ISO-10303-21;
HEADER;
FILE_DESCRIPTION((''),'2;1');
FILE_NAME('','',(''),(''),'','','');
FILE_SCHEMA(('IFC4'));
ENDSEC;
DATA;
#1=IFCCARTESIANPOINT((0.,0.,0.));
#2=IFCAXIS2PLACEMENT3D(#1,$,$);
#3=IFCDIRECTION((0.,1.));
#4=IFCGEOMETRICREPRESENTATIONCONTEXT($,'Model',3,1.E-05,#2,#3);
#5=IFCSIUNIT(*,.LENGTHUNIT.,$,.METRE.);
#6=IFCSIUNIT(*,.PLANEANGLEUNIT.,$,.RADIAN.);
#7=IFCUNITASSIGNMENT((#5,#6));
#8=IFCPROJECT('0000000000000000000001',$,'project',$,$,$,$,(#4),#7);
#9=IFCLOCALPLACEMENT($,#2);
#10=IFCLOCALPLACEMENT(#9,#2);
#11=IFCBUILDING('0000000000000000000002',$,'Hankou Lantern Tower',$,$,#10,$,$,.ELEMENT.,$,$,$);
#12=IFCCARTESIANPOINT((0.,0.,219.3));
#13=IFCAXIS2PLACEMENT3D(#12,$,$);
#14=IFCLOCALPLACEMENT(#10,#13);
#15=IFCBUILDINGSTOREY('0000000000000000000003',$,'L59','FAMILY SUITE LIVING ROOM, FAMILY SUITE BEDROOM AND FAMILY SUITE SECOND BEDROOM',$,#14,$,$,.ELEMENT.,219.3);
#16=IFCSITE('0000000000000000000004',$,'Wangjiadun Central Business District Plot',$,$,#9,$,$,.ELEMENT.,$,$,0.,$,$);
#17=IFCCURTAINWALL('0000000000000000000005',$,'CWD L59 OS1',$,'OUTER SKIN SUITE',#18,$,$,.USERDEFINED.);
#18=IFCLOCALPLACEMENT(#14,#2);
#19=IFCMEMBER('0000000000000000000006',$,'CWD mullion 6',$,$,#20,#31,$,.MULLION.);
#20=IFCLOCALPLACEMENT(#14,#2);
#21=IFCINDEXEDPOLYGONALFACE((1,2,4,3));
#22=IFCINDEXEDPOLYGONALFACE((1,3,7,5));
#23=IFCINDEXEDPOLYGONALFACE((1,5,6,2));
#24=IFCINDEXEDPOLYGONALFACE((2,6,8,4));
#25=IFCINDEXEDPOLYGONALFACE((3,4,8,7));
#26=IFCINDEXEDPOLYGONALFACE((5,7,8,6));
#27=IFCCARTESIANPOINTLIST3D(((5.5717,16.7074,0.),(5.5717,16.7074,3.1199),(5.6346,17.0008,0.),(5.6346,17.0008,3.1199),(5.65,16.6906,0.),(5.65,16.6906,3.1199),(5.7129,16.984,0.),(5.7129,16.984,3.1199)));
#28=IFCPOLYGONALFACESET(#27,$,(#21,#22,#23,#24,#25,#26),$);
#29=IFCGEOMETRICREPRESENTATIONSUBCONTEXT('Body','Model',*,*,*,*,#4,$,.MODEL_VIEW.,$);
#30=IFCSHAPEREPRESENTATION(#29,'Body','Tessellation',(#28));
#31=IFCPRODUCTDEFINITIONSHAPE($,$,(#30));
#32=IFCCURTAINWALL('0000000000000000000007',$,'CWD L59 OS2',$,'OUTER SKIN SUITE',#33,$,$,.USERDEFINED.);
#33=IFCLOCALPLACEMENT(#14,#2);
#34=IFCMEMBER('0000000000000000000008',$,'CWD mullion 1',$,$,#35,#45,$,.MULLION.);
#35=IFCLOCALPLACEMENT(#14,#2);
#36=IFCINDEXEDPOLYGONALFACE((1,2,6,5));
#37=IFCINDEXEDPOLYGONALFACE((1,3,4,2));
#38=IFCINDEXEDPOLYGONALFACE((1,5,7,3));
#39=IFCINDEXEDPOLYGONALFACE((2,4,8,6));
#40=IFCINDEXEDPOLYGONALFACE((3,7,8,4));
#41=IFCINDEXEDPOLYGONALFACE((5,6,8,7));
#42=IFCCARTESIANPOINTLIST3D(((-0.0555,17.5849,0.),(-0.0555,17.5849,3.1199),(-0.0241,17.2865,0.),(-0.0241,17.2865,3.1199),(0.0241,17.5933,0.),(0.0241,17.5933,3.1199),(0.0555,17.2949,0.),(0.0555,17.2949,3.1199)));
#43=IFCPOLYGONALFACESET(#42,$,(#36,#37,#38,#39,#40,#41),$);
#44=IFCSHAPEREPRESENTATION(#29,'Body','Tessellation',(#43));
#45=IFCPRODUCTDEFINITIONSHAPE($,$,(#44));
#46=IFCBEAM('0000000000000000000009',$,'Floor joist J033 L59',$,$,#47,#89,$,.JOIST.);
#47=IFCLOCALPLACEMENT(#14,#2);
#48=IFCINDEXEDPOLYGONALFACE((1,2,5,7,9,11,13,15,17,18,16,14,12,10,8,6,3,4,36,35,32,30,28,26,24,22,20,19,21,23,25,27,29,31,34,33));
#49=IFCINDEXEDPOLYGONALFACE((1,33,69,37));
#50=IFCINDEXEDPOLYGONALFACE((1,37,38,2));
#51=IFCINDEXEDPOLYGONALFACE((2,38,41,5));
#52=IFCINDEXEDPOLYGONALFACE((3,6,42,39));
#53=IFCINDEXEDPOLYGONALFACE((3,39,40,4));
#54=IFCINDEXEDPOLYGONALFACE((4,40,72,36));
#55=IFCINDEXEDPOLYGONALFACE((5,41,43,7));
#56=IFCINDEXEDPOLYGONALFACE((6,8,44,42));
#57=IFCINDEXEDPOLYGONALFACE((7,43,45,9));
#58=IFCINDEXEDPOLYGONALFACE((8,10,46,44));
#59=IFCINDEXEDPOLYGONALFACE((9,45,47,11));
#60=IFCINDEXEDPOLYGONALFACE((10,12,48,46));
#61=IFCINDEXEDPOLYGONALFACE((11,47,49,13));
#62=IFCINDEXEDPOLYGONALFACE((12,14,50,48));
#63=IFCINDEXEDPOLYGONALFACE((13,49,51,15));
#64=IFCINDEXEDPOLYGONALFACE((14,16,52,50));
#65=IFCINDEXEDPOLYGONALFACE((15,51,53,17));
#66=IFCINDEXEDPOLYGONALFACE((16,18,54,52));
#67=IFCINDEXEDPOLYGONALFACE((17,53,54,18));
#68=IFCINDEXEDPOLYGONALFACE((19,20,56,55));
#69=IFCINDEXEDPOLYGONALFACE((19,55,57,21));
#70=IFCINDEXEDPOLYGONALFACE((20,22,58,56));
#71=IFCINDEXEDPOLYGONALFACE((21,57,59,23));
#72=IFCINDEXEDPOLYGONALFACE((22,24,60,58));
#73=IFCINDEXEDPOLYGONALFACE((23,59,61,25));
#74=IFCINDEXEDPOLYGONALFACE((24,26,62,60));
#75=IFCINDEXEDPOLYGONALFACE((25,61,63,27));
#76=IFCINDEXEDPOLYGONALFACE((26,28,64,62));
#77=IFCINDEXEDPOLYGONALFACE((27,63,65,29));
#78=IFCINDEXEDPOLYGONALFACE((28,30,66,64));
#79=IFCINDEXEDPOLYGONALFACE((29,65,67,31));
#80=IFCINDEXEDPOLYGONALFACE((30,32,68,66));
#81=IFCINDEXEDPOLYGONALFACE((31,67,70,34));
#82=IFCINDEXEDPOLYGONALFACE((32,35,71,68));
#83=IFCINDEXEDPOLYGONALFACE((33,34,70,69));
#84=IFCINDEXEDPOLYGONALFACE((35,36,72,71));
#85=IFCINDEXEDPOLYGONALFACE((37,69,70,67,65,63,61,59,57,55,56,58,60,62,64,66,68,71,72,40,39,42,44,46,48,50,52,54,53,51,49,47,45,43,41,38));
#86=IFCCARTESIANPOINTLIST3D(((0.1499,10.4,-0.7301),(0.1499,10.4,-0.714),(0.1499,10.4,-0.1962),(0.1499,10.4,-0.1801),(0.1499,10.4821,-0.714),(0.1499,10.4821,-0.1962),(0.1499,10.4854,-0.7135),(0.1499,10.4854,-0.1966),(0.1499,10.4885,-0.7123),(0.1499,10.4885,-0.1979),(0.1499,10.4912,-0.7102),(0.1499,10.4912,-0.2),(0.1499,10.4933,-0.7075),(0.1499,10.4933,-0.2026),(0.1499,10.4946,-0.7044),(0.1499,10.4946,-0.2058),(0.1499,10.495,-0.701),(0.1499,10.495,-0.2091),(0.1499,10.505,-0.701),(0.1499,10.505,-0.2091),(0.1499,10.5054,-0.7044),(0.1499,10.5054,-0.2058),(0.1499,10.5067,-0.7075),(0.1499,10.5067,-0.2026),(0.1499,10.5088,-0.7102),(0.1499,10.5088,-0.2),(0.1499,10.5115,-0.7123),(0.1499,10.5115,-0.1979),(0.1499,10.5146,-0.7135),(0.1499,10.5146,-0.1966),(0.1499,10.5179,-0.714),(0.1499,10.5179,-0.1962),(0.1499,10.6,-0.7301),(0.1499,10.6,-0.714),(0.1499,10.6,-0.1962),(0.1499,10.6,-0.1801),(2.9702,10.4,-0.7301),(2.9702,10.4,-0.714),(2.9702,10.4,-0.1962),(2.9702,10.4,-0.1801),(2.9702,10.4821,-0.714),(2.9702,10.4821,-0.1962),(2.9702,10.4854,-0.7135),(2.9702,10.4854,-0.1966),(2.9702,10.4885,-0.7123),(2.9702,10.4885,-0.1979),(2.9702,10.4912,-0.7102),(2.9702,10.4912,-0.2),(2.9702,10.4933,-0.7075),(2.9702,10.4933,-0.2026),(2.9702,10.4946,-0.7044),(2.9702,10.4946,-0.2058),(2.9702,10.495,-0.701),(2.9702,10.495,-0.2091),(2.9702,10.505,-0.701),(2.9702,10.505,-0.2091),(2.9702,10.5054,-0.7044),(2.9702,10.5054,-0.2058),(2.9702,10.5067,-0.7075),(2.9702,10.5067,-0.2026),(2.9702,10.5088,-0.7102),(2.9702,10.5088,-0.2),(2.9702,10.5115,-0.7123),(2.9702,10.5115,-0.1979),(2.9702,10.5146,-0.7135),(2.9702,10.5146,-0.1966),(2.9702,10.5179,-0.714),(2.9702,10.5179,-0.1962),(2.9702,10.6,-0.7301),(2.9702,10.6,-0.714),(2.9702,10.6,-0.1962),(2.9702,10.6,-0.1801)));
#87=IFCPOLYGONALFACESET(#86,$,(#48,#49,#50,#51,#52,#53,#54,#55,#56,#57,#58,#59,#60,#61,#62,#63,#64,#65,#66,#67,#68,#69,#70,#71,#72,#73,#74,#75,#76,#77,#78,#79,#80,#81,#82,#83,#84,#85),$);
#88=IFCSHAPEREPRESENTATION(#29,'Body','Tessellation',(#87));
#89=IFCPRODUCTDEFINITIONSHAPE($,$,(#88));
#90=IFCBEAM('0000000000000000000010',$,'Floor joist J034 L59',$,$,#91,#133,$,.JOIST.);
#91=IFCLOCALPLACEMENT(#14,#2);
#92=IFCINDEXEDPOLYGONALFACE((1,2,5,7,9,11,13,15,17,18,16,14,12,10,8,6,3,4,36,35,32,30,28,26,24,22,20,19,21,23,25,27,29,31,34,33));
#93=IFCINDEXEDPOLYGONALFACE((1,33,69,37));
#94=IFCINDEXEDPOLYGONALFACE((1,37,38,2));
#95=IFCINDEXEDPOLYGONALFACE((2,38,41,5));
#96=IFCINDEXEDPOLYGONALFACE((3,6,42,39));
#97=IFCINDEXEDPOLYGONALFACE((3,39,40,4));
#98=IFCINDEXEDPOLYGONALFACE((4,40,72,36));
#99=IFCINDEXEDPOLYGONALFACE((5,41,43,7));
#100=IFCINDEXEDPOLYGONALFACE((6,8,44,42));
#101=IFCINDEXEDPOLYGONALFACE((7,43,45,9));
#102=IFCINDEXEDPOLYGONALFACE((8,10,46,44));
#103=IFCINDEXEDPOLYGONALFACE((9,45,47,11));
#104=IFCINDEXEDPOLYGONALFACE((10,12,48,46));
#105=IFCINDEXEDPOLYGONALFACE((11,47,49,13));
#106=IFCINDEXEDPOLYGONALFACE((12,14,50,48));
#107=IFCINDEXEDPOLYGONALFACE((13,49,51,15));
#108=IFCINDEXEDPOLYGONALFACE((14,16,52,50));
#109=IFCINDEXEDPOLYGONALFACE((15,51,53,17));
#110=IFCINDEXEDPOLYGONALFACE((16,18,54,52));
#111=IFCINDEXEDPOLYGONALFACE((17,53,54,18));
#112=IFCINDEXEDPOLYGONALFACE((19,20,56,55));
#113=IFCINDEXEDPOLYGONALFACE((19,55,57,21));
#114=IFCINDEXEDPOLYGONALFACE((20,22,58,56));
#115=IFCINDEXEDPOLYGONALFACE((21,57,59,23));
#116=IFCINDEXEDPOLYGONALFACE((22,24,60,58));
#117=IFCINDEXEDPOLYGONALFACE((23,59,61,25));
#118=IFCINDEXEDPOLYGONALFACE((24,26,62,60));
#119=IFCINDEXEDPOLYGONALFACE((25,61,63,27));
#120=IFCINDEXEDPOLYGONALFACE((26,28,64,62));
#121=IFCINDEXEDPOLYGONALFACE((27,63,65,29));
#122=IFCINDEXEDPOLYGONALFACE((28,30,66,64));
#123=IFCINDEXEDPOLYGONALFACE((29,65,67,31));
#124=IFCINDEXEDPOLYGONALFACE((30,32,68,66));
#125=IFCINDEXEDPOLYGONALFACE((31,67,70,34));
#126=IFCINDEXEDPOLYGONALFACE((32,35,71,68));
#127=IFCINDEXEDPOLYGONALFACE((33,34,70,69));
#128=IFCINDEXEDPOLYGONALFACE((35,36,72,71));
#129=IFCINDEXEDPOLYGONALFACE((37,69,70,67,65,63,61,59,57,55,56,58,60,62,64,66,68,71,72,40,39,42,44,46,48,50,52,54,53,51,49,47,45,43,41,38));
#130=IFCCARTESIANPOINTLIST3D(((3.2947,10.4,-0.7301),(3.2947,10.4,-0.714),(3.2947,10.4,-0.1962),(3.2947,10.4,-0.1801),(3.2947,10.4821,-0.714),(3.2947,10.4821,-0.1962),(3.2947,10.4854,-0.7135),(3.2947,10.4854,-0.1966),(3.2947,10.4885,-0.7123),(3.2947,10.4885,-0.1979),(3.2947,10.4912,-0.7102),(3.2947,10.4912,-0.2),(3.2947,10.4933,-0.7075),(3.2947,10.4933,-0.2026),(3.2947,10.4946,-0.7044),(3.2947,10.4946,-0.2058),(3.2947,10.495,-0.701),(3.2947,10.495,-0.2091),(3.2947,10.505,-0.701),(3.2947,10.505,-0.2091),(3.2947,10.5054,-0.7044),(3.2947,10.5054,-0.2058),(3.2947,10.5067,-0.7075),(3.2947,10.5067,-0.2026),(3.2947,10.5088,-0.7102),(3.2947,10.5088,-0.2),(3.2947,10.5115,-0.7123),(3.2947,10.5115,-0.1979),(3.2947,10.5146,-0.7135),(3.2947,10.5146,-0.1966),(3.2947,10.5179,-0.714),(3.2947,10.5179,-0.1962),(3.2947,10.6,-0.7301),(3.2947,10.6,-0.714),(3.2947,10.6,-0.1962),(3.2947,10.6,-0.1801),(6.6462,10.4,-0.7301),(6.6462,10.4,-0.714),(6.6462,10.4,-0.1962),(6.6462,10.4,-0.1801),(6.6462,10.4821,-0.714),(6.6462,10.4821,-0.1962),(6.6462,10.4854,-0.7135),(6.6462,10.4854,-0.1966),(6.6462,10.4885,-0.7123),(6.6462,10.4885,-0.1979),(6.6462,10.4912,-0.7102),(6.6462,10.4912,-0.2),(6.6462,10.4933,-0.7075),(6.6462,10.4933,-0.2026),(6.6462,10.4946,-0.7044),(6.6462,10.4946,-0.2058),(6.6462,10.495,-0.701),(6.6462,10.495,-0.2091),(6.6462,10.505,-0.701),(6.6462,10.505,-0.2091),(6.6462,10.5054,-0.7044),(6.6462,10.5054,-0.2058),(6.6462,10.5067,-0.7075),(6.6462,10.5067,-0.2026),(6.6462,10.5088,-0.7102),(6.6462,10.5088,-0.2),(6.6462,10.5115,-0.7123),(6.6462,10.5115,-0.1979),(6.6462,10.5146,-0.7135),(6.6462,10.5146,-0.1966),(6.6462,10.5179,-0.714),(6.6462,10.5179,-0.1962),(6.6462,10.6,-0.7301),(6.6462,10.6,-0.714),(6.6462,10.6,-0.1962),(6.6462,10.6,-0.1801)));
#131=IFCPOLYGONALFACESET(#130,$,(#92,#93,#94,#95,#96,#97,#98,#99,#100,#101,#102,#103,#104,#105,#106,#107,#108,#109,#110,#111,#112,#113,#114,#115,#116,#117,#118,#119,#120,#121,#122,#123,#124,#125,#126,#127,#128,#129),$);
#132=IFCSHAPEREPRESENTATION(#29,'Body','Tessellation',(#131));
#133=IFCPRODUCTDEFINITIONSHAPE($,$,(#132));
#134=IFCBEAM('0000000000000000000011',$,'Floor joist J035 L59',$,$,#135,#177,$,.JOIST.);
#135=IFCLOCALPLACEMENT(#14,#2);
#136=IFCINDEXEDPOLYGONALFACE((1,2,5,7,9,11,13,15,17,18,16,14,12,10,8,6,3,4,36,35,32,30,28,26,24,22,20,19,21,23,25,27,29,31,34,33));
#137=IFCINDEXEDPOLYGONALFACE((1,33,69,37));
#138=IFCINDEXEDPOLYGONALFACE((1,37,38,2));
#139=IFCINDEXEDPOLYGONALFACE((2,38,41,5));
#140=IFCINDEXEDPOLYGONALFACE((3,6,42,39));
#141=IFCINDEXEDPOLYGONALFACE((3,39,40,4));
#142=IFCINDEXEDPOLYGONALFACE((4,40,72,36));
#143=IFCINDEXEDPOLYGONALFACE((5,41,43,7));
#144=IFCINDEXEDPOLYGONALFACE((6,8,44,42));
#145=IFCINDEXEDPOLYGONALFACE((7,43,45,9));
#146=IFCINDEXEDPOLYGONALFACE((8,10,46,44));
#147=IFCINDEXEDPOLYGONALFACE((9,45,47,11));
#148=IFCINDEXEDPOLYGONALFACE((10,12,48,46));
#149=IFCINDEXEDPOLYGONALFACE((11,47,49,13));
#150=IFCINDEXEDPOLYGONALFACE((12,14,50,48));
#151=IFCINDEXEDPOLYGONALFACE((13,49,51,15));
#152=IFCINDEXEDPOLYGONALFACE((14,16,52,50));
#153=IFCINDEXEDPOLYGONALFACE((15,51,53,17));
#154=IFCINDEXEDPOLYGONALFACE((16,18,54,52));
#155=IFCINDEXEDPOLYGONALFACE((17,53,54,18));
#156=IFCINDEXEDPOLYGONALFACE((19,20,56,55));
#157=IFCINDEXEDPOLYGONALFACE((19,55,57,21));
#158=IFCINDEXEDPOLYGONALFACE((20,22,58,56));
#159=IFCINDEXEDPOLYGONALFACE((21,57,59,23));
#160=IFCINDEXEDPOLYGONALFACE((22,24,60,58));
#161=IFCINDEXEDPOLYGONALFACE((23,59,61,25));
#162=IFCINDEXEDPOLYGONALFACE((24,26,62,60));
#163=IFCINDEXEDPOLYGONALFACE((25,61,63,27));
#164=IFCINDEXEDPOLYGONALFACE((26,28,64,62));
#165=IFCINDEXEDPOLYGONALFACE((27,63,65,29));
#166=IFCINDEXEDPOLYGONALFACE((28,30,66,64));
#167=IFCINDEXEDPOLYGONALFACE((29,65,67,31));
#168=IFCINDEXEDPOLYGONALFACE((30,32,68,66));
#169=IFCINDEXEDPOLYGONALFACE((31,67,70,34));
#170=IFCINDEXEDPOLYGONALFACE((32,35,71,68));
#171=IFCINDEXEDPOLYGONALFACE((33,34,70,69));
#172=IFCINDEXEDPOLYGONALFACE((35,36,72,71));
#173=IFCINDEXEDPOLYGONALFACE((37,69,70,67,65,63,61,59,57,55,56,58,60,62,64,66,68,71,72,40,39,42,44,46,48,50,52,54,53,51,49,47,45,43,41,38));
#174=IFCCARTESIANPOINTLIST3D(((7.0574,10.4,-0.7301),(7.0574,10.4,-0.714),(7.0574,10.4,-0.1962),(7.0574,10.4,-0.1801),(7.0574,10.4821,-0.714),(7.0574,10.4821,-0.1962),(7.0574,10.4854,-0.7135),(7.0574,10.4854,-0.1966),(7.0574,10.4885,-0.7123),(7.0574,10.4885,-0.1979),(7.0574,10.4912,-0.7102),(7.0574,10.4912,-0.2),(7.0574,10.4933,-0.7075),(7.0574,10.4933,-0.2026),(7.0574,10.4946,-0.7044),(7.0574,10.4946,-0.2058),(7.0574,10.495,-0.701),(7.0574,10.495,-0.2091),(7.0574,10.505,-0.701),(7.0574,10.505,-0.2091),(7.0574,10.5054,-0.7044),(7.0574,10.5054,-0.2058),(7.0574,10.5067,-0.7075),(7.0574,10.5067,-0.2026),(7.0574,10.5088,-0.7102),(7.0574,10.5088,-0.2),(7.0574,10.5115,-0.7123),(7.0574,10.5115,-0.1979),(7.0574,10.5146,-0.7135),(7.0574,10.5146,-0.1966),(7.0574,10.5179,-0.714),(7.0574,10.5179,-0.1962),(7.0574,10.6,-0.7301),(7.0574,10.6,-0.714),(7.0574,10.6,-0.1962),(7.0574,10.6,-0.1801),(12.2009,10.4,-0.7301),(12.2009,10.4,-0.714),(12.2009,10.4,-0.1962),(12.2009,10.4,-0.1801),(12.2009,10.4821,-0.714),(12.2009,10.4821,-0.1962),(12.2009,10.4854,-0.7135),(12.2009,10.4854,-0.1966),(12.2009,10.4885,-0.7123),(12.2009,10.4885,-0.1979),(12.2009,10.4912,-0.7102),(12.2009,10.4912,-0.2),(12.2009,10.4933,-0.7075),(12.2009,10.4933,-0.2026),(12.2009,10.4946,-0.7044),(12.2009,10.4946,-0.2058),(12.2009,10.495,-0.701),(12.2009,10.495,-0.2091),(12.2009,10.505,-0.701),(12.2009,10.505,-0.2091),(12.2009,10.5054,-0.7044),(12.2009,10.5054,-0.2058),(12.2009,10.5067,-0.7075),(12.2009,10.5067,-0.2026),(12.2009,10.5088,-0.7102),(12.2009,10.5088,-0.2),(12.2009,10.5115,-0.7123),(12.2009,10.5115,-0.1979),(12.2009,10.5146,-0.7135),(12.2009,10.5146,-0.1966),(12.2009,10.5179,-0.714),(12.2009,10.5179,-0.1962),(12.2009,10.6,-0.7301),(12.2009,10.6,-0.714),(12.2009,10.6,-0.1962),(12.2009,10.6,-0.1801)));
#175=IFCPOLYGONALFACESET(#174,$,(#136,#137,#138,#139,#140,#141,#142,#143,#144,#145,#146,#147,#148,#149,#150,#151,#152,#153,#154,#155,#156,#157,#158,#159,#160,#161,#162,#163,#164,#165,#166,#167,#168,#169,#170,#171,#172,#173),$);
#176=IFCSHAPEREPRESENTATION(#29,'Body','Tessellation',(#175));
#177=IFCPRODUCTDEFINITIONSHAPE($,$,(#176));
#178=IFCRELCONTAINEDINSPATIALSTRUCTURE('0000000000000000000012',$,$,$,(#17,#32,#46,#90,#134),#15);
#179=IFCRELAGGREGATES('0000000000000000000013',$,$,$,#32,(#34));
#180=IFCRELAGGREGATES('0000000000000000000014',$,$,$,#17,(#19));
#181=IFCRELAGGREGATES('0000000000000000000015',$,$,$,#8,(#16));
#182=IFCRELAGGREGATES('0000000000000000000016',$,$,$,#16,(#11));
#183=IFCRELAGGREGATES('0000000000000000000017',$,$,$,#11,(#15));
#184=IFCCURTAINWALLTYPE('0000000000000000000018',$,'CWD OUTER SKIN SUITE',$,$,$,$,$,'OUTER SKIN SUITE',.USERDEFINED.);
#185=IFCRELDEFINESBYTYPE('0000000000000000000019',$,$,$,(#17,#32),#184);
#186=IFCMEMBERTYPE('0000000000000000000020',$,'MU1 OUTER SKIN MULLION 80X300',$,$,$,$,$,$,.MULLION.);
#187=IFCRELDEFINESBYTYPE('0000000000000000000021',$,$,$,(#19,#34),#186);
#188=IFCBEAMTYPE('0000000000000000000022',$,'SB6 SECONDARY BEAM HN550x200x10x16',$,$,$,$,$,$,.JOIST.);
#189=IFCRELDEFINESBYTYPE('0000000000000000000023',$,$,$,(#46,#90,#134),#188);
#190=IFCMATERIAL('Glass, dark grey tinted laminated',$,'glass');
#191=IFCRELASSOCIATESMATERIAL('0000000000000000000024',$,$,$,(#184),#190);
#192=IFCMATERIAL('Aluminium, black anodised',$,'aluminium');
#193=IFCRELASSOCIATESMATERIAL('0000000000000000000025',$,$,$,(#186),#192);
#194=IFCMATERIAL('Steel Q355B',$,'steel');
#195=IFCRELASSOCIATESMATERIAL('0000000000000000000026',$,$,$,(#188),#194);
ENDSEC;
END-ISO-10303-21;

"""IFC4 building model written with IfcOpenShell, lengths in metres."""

from ifc_helpers import new_model, si_unit, direction, frame, origin, origin_2d, place, context, subcontext, project, spatial, rectangle, i_section, extrude, material, material_profile, profile_set, type_object, element, aggregate, save


model = new_model("IFC4")

# Units and contexts
model_context = context("Model", 3, precision=1e-05, world=origin(), true_north=direction((0.0, 1.0)))
body_context = subcontext(model_context, "Body", "Model", "MODEL_VIEW")
ifc_project = project(units=[si_unit("LENGTHUNIT", "METRE"), si_unit("PLANEANGLEUNIT", "RADIAN")], contexts=[model_context])

# Site, building, storey
site_placement = place(None, origin())
site = spatial("IfcSite", under=ifc_project, at=site_placement, Name="Wangjiadun Central Business District Plot", CompositionType="ELEMENT", RefElevation=0.0)
building_placement = place(site_placement, origin())
building = spatial("IfcBuilding", under=site, at=building_placement, Name="Hankou Lantern Tower", CompositionType="ELEMENT")
storey_placement = place(building_placement, frame((0.0, 0.0, 219.3)))
storey = spatial("IfcBuildingStorey", under=building, at=storey_placement, Name="L59", Description="FAMILY SUITE LIVING ROOM, FAMILY SUITE BEDROOM AND FAMILY SUITE SECOND BEDROOM", CompositionType="ELEMENT", Elevation=219.3)

# Curtain walls, members
ifc_material_1 = material(Name="Glass, dark grey tinted laminated", Category="glass")
curtain_wall_type = type_object("IfcCurtainWallType", Name="CWD OUTER SKIN SUITE", ElementType="OUTER SKIN SUITE", PredefinedType="USERDEFINED", material=ifc_material_1)
curtain_wall_1_placement = place(storey_placement, origin())
curtain_wall_1 = element("IfcCurtainWall", 1, at=curtain_wall_1_placement, inside=storey, type_object=curtain_wall_type, Name="CWD L59 OS1", ObjectType="OUTER SKIN SUITE", PredefinedType="USERDEFINED")
ifc_material_2 = material(Name="Aluminium, black anodised", Category="aluminium")
ifc_material_profile_1 = material_profile(ifc_material_2, rectangle(XDim=0.0801, YDim=0.3, at=origin_2d()), Name="MU1 80X300")
ifc_profile_set_1 = profile_set([ifc_material_profile_1], Name="Aluminium, black anodised")
member_type_1 = type_object("IfcMemberType", Name="MU1 OUTER SKIN MULLION 80X300", PredefinedType="MULLION", material=ifc_profile_set_1)
member_1_placement = place(storey_placement, frame((5.6423, 16.8457, 0.0), z_axis=(0.0, 0.0, 1.0), x_axis=(-0.977788, 0.209598, 0.0)))
member_1 = element("IfcMember", 2, at=member_1_placement, type_object=member_type_1, Name="CWD mullion 6", PredefinedType="MULLION", context=body_context, shape_type="SweptSolid", body=[
    extrude(rectangle(XDim=0.0801, YDim=0.3, at=origin_2d()), origin(), (0.0, 0.0, 1.0), 3.1199),
])
curtain_wall_2_placement = place(storey_placement, origin())
curtain_wall_2 = element("IfcCurtainWall", 3, at=curtain_wall_2_placement, inside=storey, type_object=curtain_wall_type, Name="CWD L59 OS2", ObjectType="OUTER SKIN SUITE", PredefinedType="USERDEFINED")
member_2_placement = place(storey_placement, frame((0.0, 17.4399, 0.0), z_axis=(0.0, 0.0, 1.0), x_axis=(-0.994499, -0.104743, 0.0)))
member_2 = element("IfcMember", 4, at=member_2_placement, type_object=member_type_1, Name="CWD mullion 1", PredefinedType="MULLION", context=body_context, shape_type="SweptSolid", body=[
    extrude(rectangle(XDim=0.0801, YDim=0.3, at=origin_2d()), origin(), (0.0, 0.0, 1.0), 3.1199),
])
aggregate(curtain_wall_2, [member_2])

# Beams
ifc_material_3 = material(Name="Steel Q355B", Category="steel")
ifc_material_profile_2 = material_profile(ifc_material_3, i_section(OverallWidth=0.2, OverallDepth=0.55, WebThickness=0.01, FlangeThickness=0.0161, FilletRadius=0.0129, at=origin_2d()), Name="HN550x200x10x16")
ifc_profile_set_2 = profile_set([ifc_material_profile_2], Name="Steel Q355B")
beam_type_1 = type_object("IfcBeamType", Name="SB6 SECONDARY BEAM HN550x200x10x16", PredefinedType="JOIST", material=ifc_profile_set_2)
beam_1_placement = place(storey_placement, frame((0.1499, 10.5, -0.4551), z_axis=(1.0, 0.0, 0.0), x_axis=(0.0, 1.0, 0.0)))
element("IfcBeam", 5, at=beam_1_placement, inside=storey, type_object=beam_type_1, Name="Floor joist J033 L59", PredefinedType="JOIST", context=body_context, shape_type="SweptSolid", body=[
    extrude(i_section(OverallWidth=0.2, OverallDepth=0.55, WebThickness=0.01, FlangeThickness=0.0161, FilletRadius=0.0129, at=origin_2d()), origin(), (0.0, 0.0, 1.0), 2.8203),
])
beam_2_placement = place(storey_placement, frame((3.2947, 10.5, -0.4551), z_axis=(1.0, 0.0, 0.0), x_axis=(0.0, 1.0, 0.0)))
element("IfcBeam", 6, at=beam_2_placement, inside=storey, type_object=beam_type_1, Name="Floor joist J034 L59", PredefinedType="JOIST", context=body_context, shape_type="SweptSolid", body=[
    extrude(i_section(OverallWidth=0.2, OverallDepth=0.55, WebThickness=0.01, FlangeThickness=0.0161, FilletRadius=0.0129, at=origin_2d()), origin(), (0.0, 0.0, 1.0), 3.3516),
])
beam_3_placement = place(storey_placement, frame((7.0574, 10.5, -0.4551), z_axis=(1.0, 0.0, 0.0), x_axis=(0.0, 1.0, 0.0)))
element("IfcBeam", 7, at=beam_3_placement, inside=storey, type_object=beam_type_1, Name="Floor joist J035 L59", PredefinedType="JOIST", context=body_context, shape_type="SweptSolid", body=[
    extrude(i_section(OverallWidth=0.2, OverallDepth=0.55, WebThickness=0.01, FlangeThickness=0.0161, FilletRadius=0.0129, at=origin_2d()), origin(), (0.0, 0.0, 1.0), 5.1436),
])

aggregate(curtain_wall_1, [member_1])

save(model, "model.ifc")
